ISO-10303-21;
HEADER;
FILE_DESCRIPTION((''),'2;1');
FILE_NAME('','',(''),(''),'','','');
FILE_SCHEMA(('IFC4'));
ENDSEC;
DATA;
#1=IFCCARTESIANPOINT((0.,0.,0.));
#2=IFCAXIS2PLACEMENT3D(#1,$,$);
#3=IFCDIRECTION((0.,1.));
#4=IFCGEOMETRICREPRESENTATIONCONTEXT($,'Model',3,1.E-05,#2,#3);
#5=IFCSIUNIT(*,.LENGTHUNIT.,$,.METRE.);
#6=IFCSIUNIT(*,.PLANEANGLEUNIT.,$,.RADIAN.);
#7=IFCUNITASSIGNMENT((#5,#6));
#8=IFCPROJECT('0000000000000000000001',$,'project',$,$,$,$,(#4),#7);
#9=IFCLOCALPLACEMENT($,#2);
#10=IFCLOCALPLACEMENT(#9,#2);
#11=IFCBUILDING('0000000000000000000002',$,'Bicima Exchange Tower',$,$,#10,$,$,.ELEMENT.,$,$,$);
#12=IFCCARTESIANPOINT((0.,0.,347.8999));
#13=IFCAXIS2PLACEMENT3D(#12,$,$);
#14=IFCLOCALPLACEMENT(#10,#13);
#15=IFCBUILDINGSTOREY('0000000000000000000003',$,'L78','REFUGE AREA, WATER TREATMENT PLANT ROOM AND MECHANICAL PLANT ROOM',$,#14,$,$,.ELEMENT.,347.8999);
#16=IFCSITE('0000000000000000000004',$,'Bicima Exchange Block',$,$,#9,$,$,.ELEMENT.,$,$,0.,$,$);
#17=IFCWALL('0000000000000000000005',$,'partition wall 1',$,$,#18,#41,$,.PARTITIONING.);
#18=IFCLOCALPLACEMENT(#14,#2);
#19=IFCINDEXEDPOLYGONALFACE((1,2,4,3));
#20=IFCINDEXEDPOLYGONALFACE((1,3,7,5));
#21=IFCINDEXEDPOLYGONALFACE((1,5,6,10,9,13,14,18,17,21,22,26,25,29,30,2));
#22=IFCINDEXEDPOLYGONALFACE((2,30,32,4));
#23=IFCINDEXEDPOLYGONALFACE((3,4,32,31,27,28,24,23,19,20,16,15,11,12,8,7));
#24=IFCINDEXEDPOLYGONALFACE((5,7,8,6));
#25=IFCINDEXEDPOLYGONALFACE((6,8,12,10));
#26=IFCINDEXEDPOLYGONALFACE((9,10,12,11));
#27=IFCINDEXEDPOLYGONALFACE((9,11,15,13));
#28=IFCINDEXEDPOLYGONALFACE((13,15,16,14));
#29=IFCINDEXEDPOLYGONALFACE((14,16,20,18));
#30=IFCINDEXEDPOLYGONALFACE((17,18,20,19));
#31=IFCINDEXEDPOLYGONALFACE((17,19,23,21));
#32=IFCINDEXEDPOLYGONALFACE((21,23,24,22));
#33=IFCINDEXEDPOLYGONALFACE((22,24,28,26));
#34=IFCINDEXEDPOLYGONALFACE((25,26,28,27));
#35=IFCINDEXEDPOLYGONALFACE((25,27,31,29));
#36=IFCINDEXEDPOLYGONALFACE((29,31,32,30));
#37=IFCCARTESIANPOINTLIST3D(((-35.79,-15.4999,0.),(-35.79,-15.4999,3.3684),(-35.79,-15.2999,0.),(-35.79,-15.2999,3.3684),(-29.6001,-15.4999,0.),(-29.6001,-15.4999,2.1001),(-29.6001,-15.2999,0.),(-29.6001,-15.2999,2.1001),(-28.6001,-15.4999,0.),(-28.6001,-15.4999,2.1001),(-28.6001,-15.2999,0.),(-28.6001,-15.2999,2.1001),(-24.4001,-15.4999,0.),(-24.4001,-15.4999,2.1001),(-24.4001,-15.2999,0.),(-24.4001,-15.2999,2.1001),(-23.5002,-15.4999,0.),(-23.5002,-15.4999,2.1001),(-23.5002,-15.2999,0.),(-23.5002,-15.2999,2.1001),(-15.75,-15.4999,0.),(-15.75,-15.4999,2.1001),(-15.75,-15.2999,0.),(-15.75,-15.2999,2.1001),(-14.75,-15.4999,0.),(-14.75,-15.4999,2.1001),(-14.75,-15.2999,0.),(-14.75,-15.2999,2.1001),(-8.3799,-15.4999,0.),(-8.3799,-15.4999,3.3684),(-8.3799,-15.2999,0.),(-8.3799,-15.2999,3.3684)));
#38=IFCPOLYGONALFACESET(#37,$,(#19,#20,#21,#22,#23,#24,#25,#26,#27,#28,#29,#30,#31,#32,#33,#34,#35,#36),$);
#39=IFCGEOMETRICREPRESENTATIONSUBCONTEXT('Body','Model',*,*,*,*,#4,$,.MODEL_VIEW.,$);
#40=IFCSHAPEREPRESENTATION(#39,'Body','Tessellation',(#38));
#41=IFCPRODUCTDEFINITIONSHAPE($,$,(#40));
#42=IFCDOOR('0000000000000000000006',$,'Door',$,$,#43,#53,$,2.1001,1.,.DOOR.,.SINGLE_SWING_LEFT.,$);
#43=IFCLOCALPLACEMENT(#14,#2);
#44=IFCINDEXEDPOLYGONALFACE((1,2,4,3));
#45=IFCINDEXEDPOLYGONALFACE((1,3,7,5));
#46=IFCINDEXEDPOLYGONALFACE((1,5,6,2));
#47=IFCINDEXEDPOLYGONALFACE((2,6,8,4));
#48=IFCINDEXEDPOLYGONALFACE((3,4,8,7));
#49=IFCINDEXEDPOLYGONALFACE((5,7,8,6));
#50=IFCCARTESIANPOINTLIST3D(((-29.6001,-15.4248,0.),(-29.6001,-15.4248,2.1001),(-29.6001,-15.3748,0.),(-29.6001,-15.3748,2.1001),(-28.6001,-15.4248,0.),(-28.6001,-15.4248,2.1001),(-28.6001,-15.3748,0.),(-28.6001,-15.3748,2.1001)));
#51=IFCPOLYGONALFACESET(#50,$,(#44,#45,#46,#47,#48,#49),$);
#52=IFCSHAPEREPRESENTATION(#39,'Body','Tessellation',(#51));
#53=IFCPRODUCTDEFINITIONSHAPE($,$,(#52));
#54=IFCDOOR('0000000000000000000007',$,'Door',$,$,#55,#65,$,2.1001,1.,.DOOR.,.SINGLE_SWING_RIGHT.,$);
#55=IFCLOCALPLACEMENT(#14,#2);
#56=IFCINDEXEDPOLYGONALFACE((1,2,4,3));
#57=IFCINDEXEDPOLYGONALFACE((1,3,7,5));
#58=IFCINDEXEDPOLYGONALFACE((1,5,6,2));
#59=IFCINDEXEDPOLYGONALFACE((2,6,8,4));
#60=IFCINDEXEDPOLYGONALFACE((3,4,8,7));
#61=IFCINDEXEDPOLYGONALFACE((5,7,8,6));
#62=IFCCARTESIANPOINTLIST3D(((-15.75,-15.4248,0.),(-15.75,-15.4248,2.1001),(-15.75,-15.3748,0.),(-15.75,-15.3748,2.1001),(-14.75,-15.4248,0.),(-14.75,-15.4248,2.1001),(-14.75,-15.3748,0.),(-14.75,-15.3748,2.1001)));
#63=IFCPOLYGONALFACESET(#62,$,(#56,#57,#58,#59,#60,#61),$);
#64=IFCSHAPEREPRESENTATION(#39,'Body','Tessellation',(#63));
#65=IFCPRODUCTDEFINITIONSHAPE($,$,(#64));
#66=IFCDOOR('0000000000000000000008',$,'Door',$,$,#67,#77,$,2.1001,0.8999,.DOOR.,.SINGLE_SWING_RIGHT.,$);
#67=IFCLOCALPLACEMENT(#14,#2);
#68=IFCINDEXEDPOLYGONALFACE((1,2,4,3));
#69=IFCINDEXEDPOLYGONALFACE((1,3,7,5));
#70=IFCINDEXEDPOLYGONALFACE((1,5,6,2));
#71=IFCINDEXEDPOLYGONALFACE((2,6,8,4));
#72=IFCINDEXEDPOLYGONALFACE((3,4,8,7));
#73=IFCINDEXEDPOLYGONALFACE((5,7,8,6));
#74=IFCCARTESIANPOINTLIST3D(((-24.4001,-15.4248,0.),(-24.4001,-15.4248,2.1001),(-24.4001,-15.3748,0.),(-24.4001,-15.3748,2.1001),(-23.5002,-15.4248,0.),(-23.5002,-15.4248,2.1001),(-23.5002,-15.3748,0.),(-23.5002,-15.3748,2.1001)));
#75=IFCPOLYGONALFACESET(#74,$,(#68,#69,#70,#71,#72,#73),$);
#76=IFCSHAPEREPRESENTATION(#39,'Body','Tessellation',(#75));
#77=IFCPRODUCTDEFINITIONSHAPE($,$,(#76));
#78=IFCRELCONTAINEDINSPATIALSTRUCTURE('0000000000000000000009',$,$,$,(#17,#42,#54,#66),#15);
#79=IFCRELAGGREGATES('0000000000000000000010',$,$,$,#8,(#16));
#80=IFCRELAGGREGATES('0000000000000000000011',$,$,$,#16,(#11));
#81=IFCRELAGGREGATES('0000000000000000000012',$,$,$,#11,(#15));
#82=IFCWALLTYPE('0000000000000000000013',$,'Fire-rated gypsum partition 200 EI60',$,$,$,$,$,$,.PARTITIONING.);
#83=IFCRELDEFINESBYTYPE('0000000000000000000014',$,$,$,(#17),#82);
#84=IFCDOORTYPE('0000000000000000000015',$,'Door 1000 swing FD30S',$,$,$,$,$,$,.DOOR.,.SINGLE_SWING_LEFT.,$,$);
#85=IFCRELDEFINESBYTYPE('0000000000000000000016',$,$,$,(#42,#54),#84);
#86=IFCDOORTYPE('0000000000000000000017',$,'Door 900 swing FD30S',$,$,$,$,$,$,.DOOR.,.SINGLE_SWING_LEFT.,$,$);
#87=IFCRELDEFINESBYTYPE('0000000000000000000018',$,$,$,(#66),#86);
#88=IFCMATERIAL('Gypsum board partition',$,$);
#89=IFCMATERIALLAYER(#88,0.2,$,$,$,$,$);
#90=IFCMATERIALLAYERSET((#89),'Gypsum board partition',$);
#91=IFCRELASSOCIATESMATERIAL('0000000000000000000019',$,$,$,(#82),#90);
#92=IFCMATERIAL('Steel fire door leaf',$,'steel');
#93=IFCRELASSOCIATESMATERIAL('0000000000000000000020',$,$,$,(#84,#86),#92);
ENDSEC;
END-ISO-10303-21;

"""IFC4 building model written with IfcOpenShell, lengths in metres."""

from ifc_helpers import new_model, si_unit, direction, frame, frame_2d, origin, place, context, subcontext, project, spatial, rectangle, extrude, material, layer, layer_set, type_object, element, fill, save


model = new_model("IFC4")

# Units and contexts
model_context = context("Model", 3, precision=1e-05, world=origin(), true_north=direction((0.0, 1.0)))
body_context = subcontext(model_context, "Body", "Model", "MODEL_VIEW")
ifc_project = project(units=[si_unit("LENGTHUNIT", "METRE"), si_unit("PLANEANGLEUNIT", "RADIAN")], contexts=[model_context])

# Site, building, storey
site_placement = place(None, origin())
site = spatial("IfcSite", under=ifc_project, at=site_placement, Name="Bicima Exchange Block", CompositionType="ELEMENT", RefElevation=0.0)
building_placement = place(site_placement, origin())
building = spatial("IfcBuilding", under=site, at=building_placement, Name="Bicima Exchange Tower", CompositionType="ELEMENT")
storey_placement = place(building_placement, frame((0.0, 0.0, 347.8999)))
storey = spatial("IfcBuildingStorey", under=building, at=storey_placement, Name="L78", Description="REFUGE AREA, WATER TREATMENT PLANT ROOM AND MECHANICAL PLANT ROOM", CompositionType="ELEMENT", Elevation=347.8999)

# Wall, openings, doors
ifc_material_1 = material(Name="Gypsum board partition")
ifc_layer_1 = layer(ifc_material_1, 0.2)
ifc_layer_set_1 = layer_set([ifc_layer_1], Name="Gypsum board partition")
wall_type = type_object("IfcWallType", Name="Fire-rated gypsum partition 200 EI60", PredefinedType="PARTITIONING", material=ifc_layer_set_1)
wall_placement = place(storey_placement, frame((-35.79, -15.3999, 0.0), z_axis=(0.0, 0.0, 1.0), x_axis=(1.0, 0.0, 0.0)))
wall = element("IfcWall", 1, at=wall_placement, inside=storey, type_object=wall_type, Name="partition wall 1", PredefinedType="PARTITIONING", context=body_context, shape_type="SweptSolid", body=[
    extrude(rectangle(XDim=27.4102, YDim=0.2, at=frame_2d((13.7051, 0.0))), origin(), (0.0, 0.0, 1.0), 3.3684),
])
opening_1_placement = place(wall_placement, frame((6.1899, 0.0, 0.0)))
opening_1 = element("IfcOpeningElement", 2, at=opening_1_placement, cuts=wall, PredefinedType="OPENING", context=body_context, shape_type="SweptSolid", body=[
    extrude(rectangle(XDim=1.0, YDim=2.1001, at=frame_2d((0.5, 1.05))), frame((0.0, 0.1118, 0.0), z_axis=(0.0, -1.0, 0.0), x_axis=(1.0, 0.0, 0.0)), (0.0, 0.0, 1.0), 0.2239),
])
opening_2_placement = place(wall_placement, frame((11.3899, 0.0, 0.0)))
opening_2 = element("IfcOpeningElement", 3, at=opening_2_placement, cuts=wall, PredefinedType="OPENING", context=body_context, shape_type="SweptSolid", body=[
    extrude(rectangle(XDim=0.8999, YDim=2.1001, at=frame_2d((0.45, 1.05))), frame((0.0, 0.1118, 0.0), z_axis=(0.0, -1.0, 0.0), x_axis=(1.0, 0.0, 0.0)), (0.0, 0.0, 1.0), 0.2239),
])
opening_3_placement = place(wall_placement, frame((20.04, 0.0, 0.0)))
opening_3 = element("IfcOpeningElement", 4, at=opening_3_placement, cuts=wall, PredefinedType="OPENING", context=body_context, shape_type="SweptSolid", body=[
    extrude(rectangle(XDim=1.0, YDim=2.1001, at=frame_2d((0.5, 1.05))), frame((0.0, 0.1118, 0.0), z_axis=(0.0, -1.0, 0.0), x_axis=(1.0, 0.0, 0.0)), (0.0, 0.0, 1.0), 0.2239),
])
ifc_material_2 = material(Name="Steel fire door leaf", Category="steel")
door_type_1 = type_object("IfcDoorType", Name="Door 1000 swing FD30S", OperationType="SINGLE_SWING_LEFT", PredefinedType="DOOR", material=ifc_material_2)
door_1_placement = place(opening_1_placement, frame((1.0, 0.0, 0.0), z_axis=(0.0, 0.0, 1.0), x_axis=(-1.0, 0.0, 0.0)))
door_1 = element("IfcDoor", 5, at=door_1_placement, inside=storey, type_object=door_type_1, Name="Door", OperationType="SINGLE_SWING_LEFT", OverallHeight=2.1001, OverallWidth=1.0, PredefinedType="DOOR", context=body_context, shape_type="SweptSolid", body=[
    extrude(rectangle(XDim=1.0, YDim=2.1001, at=frame_2d((0.5, 1.05))), frame((0.0, 0.0249, 0.0), z_axis=(0.0, -1.0, 0.0), x_axis=(1.0, 0.0, 0.0)), (0.0, 0.0, 1.0), 0.05),
])
fill(opening_1, door_1)
door_2_placement = place(opening_3_placement, frame((1.0, 0.0, 0.0), z_axis=(0.0, 0.0, 1.0), x_axis=(-1.0, 0.0, 0.0)))
door_2 = element("IfcDoor", 6, at=door_2_placement, inside=storey, type_object=door_type_1, Name="Door", OperationType="SINGLE_SWING_RIGHT", OverallHeight=2.1001, OverallWidth=1.0, PredefinedType="DOOR", context=body_context, shape_type="SweptSolid", body=[
    extrude(rectangle(XDim=1.0, YDim=2.1001, at=frame_2d((0.5, 1.05))), frame((0.0, 0.0249, 0.0), z_axis=(0.0, -1.0, 0.0), x_axis=(1.0, 0.0, 0.0)), (0.0, 0.0, 1.0), 0.05),
])
fill(opening_3, door_2)
door_type_2 = type_object("IfcDoorType", Name="Door 900 swing FD30S", OperationType="SINGLE_SWING_LEFT", PredefinedType="DOOR", material=ifc_material_2)
door_3_placement = place(opening_2_placement, frame((0.8999, 0.0, 0.0), z_axis=(0.0, 0.0, 1.0), x_axis=(-1.0, 0.0, 0.0)))
door_3 = element("IfcDoor", 7, at=door_3_placement, inside=storey, type_object=door_type_2, Name="Door", OperationType="SINGLE_SWING_RIGHT", OverallHeight=2.1001, OverallWidth=0.8999, PredefinedType="DOOR", context=body_context, shape_type="SweptSolid", body=[
    extrude(rectangle(XDim=0.8999, YDim=2.1001, at=frame_2d((0.45, 1.05))), frame((0.0, 0.0249, 0.0), z_axis=(0.0, -1.0, 0.0), x_axis=(1.0, 0.0, 0.0)), (0.0, 0.0, 1.0), 0.05),
])
fill(opening_2, door_3)

save(model, "model.ifc")
